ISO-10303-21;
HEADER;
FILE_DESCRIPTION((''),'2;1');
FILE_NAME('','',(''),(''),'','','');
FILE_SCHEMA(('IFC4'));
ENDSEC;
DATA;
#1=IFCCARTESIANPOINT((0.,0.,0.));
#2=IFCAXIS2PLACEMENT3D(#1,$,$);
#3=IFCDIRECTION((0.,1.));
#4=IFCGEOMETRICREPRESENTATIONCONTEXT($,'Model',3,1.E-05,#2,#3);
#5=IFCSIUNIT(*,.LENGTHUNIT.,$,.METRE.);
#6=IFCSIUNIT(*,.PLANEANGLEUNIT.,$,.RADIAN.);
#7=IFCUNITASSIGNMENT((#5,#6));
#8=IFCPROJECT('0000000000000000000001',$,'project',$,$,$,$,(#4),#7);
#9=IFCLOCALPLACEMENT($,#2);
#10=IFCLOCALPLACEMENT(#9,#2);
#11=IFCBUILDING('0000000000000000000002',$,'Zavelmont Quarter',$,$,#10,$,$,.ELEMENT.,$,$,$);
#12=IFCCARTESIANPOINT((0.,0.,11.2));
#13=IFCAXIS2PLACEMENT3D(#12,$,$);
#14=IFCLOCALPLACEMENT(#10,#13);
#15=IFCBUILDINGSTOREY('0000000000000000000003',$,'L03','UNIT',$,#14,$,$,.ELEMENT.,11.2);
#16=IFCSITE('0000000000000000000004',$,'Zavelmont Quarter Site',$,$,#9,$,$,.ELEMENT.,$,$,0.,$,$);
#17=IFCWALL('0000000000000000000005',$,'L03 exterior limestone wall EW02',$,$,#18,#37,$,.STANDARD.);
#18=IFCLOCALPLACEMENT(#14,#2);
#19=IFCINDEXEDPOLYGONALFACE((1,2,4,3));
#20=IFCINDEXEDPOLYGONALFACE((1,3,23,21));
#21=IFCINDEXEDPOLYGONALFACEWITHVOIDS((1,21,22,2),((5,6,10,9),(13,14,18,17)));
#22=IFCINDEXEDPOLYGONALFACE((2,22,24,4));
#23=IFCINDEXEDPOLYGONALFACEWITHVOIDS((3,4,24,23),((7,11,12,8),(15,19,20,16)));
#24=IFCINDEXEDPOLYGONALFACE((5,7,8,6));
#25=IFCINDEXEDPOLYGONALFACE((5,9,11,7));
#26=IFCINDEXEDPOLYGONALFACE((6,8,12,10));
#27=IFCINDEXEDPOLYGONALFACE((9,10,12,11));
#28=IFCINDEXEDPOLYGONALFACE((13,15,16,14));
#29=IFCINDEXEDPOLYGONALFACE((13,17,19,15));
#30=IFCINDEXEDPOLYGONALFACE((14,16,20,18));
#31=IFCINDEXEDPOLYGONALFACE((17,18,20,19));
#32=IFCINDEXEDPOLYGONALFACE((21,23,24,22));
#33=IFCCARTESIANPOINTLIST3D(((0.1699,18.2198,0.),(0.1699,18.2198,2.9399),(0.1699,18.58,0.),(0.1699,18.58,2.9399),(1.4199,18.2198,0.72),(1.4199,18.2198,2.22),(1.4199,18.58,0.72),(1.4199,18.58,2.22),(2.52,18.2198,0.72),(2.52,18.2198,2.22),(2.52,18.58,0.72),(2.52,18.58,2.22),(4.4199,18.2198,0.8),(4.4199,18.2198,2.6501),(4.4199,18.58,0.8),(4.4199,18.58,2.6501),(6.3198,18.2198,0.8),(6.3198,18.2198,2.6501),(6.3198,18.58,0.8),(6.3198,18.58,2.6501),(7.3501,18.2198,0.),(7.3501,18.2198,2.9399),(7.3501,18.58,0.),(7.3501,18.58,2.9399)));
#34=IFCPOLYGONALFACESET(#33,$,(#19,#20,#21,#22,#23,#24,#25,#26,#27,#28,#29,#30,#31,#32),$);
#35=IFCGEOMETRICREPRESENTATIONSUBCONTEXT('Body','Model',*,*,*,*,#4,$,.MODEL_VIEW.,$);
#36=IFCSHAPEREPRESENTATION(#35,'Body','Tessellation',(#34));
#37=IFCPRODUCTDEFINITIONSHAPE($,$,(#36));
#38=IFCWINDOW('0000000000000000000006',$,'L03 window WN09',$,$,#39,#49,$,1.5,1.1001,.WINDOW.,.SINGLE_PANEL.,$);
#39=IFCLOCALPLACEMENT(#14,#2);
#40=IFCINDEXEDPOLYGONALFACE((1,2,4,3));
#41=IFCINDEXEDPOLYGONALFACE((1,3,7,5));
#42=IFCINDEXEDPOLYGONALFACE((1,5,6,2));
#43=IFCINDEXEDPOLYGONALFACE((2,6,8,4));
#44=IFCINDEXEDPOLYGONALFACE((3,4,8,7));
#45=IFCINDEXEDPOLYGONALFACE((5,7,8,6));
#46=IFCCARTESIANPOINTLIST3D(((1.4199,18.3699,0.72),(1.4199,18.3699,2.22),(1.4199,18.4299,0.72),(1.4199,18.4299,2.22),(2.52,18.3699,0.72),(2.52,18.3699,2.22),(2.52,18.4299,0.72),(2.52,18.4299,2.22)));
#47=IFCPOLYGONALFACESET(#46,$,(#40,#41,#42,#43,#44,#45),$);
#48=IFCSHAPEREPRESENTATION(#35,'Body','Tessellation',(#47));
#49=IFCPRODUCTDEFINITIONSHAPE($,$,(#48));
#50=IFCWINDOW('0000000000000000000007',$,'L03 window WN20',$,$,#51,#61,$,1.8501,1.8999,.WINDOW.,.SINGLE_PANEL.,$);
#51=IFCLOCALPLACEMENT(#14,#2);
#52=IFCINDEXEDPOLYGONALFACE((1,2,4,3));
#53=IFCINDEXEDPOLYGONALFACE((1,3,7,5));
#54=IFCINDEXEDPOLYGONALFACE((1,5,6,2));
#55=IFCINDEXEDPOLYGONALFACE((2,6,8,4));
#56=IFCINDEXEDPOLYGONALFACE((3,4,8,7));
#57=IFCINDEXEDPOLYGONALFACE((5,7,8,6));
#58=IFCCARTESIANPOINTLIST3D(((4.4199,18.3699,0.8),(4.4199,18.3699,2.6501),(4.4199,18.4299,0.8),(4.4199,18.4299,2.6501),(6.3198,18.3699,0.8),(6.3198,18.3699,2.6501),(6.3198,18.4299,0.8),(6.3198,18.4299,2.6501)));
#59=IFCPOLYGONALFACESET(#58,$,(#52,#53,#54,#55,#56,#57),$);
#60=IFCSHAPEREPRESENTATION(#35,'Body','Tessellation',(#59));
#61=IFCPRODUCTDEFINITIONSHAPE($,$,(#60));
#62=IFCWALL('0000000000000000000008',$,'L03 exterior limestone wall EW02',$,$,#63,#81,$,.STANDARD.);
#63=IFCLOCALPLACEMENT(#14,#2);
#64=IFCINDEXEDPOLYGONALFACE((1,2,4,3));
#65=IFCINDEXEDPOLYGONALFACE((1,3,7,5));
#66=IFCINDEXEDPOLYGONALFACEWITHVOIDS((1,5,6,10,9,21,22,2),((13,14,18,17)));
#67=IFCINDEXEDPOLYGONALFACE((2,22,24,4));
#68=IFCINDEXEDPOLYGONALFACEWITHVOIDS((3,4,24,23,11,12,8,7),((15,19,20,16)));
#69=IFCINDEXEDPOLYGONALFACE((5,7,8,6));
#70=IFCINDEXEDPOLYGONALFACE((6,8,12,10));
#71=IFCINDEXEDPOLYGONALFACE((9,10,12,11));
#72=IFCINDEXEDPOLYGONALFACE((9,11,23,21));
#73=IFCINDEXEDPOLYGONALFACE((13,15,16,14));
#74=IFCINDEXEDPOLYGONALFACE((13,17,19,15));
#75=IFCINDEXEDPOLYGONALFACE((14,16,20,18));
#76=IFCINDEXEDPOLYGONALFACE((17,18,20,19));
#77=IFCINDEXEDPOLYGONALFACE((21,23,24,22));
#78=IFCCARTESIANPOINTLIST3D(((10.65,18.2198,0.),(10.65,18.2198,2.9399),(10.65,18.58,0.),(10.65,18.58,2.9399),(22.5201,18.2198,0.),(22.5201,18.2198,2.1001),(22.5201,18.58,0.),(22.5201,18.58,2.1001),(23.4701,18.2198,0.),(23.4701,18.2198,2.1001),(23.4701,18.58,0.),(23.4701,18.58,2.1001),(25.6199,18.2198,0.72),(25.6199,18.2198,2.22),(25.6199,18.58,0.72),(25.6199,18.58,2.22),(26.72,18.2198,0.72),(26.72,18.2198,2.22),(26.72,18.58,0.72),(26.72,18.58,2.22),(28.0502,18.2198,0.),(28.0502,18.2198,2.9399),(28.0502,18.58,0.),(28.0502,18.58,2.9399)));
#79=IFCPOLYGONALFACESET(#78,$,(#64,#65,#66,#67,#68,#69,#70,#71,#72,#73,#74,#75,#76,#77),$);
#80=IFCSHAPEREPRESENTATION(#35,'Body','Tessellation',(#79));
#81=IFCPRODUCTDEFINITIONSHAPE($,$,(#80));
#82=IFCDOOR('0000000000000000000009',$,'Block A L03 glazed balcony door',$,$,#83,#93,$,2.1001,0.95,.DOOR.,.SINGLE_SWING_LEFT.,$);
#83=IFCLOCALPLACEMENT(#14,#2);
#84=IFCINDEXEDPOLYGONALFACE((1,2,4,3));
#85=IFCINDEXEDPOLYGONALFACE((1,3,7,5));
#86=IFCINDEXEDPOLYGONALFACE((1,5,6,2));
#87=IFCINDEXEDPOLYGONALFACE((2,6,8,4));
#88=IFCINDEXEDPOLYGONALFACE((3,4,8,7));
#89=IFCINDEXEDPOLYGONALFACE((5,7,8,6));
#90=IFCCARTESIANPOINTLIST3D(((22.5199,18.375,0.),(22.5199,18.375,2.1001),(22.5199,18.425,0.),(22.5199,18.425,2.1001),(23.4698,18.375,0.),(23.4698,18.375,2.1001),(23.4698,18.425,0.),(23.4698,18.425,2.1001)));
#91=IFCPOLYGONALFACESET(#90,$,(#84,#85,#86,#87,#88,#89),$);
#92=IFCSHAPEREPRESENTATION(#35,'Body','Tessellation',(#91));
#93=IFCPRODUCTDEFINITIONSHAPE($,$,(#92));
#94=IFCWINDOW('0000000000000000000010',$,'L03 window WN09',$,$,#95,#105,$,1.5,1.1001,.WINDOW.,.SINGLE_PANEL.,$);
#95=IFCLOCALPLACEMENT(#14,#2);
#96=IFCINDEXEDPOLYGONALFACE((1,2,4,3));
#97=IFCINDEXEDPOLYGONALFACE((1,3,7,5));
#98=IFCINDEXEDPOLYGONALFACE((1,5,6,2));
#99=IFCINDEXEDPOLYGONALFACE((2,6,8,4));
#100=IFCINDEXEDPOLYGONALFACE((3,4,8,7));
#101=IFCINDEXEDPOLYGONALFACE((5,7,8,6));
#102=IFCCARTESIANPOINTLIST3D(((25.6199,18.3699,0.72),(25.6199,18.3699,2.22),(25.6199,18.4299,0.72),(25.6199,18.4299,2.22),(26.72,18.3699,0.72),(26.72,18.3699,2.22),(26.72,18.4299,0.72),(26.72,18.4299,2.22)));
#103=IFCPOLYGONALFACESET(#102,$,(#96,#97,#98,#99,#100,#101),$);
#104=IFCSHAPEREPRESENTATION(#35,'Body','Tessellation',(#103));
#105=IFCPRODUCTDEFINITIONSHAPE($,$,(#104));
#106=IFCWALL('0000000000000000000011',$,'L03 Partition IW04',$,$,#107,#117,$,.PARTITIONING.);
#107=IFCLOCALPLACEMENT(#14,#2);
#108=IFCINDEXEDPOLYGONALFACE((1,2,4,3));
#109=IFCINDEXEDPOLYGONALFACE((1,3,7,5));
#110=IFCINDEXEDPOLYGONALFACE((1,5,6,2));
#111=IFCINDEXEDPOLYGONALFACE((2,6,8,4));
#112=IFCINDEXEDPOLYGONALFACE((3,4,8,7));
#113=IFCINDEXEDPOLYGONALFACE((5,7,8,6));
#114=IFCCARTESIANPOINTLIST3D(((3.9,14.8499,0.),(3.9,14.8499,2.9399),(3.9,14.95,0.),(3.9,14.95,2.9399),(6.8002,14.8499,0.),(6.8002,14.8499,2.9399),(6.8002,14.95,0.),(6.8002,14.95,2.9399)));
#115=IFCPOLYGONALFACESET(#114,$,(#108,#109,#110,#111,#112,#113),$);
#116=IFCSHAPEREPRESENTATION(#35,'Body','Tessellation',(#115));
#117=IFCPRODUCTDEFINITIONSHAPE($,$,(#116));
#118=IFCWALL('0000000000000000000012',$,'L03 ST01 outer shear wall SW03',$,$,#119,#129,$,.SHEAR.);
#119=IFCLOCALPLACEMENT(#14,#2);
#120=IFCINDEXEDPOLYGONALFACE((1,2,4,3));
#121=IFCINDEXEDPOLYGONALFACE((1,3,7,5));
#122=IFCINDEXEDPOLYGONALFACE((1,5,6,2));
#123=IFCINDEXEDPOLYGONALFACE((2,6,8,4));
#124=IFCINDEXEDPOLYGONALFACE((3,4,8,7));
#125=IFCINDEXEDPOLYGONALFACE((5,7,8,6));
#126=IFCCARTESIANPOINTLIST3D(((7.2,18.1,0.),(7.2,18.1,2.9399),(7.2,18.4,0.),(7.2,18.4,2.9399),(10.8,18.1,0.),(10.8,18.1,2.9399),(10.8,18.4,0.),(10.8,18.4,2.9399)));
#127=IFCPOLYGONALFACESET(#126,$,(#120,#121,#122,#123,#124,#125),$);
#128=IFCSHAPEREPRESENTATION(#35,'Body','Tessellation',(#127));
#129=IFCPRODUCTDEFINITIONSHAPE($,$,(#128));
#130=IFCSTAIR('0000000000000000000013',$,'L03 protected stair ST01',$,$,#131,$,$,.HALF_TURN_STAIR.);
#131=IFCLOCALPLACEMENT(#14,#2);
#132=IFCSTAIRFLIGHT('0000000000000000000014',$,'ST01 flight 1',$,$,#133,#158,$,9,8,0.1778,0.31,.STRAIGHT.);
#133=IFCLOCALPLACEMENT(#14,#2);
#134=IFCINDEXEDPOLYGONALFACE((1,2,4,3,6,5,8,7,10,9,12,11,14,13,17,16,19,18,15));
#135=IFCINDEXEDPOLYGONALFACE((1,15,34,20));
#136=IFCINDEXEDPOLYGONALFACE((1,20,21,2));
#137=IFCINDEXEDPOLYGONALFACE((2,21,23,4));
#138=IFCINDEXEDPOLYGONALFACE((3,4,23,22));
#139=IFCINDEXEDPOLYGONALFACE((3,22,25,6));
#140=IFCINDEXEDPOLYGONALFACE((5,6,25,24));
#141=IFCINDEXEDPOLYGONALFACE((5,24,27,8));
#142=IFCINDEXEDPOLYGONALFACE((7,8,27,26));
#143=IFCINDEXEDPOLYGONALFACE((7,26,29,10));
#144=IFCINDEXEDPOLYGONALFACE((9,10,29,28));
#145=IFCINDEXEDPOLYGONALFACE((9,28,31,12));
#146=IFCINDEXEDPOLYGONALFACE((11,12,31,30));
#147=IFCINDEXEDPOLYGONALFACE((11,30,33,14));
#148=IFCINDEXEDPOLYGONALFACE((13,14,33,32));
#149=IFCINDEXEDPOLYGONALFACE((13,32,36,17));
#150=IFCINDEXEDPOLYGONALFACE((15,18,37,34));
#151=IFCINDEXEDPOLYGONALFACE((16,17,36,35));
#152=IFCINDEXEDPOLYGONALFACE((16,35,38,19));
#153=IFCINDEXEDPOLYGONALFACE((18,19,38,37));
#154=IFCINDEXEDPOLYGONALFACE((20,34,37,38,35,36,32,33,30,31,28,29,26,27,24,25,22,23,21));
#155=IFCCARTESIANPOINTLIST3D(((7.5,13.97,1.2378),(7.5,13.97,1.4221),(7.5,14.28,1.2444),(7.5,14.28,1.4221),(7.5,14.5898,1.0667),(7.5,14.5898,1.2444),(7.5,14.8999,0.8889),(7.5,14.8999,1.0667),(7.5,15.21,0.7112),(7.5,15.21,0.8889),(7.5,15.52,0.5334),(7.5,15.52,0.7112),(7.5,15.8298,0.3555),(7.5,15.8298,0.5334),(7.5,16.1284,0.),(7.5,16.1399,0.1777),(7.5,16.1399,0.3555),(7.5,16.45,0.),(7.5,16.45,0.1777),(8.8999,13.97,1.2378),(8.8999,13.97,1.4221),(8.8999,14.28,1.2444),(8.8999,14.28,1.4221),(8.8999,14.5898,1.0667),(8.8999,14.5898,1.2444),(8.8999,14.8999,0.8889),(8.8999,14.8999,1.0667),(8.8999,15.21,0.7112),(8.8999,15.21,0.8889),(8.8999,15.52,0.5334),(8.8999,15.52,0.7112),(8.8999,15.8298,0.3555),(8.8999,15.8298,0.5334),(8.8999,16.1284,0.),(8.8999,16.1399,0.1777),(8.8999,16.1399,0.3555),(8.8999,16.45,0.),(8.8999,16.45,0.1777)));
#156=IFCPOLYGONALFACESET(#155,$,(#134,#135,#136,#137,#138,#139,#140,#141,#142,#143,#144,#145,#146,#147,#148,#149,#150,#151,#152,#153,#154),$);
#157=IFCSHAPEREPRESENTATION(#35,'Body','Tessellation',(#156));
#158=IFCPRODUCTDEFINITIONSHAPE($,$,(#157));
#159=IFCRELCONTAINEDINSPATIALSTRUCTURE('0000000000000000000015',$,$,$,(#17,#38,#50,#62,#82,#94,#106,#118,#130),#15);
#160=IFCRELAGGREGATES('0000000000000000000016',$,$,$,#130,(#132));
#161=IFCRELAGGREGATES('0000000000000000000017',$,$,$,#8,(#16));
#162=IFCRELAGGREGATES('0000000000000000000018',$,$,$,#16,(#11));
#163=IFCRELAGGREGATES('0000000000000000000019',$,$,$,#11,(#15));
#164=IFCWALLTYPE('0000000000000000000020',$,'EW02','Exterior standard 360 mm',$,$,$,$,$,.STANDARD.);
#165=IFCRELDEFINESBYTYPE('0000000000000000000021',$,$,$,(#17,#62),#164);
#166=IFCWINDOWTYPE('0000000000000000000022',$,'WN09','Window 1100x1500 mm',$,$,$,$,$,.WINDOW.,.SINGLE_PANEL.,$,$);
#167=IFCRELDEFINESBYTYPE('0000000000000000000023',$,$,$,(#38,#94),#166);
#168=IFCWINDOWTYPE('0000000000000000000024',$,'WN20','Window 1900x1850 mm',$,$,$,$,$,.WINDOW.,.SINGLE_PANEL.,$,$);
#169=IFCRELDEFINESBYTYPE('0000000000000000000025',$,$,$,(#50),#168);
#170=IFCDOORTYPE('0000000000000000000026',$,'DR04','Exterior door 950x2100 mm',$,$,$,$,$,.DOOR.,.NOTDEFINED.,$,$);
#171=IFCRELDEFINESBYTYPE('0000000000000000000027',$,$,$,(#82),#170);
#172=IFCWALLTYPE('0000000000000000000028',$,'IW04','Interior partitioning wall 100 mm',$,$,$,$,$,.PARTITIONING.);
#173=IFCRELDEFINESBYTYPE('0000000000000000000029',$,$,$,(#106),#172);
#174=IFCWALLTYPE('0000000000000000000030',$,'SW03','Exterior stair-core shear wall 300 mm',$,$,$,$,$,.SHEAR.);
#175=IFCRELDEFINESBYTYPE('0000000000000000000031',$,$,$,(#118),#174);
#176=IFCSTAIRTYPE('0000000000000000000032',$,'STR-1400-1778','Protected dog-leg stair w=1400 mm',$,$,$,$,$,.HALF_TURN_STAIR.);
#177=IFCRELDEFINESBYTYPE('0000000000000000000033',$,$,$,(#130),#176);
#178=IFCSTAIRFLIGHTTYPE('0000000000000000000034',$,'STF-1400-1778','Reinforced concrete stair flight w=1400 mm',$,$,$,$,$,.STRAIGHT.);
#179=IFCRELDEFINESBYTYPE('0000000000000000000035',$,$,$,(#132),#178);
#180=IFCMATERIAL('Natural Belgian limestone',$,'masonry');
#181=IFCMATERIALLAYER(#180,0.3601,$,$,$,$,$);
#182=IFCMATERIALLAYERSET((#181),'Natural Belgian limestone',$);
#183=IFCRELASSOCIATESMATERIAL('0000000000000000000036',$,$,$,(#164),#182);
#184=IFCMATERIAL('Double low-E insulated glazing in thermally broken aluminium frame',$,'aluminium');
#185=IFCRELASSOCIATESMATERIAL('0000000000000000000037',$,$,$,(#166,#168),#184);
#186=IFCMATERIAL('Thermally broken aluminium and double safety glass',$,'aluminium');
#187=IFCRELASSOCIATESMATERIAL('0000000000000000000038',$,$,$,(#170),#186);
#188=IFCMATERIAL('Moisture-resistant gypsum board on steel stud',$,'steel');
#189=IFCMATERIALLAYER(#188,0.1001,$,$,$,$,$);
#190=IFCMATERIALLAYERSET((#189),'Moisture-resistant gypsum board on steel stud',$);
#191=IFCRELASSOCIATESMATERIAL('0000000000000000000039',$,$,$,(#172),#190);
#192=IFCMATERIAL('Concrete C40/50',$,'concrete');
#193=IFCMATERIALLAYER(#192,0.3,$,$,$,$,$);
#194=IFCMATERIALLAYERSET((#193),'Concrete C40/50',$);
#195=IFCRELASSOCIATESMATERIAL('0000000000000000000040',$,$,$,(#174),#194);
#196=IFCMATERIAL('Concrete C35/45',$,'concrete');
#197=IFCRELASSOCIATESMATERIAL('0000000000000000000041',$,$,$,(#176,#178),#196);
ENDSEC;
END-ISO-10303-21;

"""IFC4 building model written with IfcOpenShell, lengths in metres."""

from ifc_helpers import new_model, si_unit, direction, frame, frame_2d, origin, origin_with_axes, place, context, subcontext, project, spatial, polyline, rectangle, outline, extrude, material, layer, layer_set, type_object, element, fill, aggregate, save


model = new_model("IFC4")

# Units and contexts
model_context = context("Model", 3, precision=1e-05, world=origin(), true_north=direction((0.0, 1.0)))
body_context = subcontext(model_context, "Body", "Model", "MODEL_VIEW")
ifc_project = project(units=[si_unit("LENGTHUNIT", "METRE"), si_unit("PLANEANGLEUNIT", "RADIAN")], contexts=[model_context])

# Site, building, storey
site_placement = place(None, origin())
site = spatial("IfcSite", under=ifc_project, at=site_placement, Name="Zavelmont Quarter Site", CompositionType="ELEMENT", RefElevation=0.0)
building_placement = place(site_placement, origin())
building = spatial("IfcBuilding", under=site, at=building_placement, Name="Zavelmont Quarter", CompositionType="ELEMENT")
storey_placement = place(building_placement, frame((0.0, 0.0, 11.2)))
storey = spatial("IfcBuildingStorey", under=building, at=storey_placement, Name="L03", Description="UNIT", CompositionType="ELEMENT", Elevation=11.2)

# Shared definitions
ifc_material_1 = material(Name="Concrete C40/50", Category="concrete")

# Shared definitions
ifc_material_2 = material(Name="Concrete C35/45", Category="concrete")

# Wall, openings, windows
ifc_material_3 = material(Name="Natural Belgian limestone", Category="masonry")
ifc_layer_1 = layer(ifc_material_3, 0.3601)
ifc_layer_set_1 = layer_set([ifc_layer_1], Name="Natural Belgian limestone")
wall_type_1 = type_object("IfcWallType", Name="EW02", Description="Exterior standard 360 mm", PredefinedType="STANDARD", material=ifc_layer_set_1)
wall_1_placement = place(storey_placement, frame((0.1699, 18.3999, 0.0), z_axis=(0.0, 0.0, 1.0), x_axis=(1.0, 0.0, 0.0)))
wall_1 = element("IfcWall", 1, at=wall_1_placement, inside=storey, type_object=wall_type_1, Name="L03 exterior limestone wall EW02", PredefinedType="STANDARD", context=body_context, shape_type="SweptSolid", body=[
    extrude(rectangle(XDim=7.1802, YDim=0.3601, at=frame_2d((3.5901, 0.0))), origin(), (0.0, 0.0, 1.0), 2.9399),
])
opening_1_placement = place(wall_1_placement, frame((1.25, 0.0, 0.72)))
opening_1 = element("IfcOpeningElement", 2, at=opening_1_placement, cuts=wall_1, PredefinedType="OPENING", context=body_context, shape_type="SweptSolid", body=[
    extrude(rectangle(XDim=1.1001, YDim=1.5, at=frame_2d((0.55, 0.75))), frame((0.0, 0.1919, 0.0), z_axis=(0.0, -1.0, 0.0), x_axis=(1.0, 0.0, 0.0)), (0.0, 0.0, 1.0), 0.384),
])
opening_2_placement = place(wall_1_placement, frame((4.25, 0.0, 0.8)))
opening_2 = element("IfcOpeningElement", 3, at=opening_2_placement, cuts=wall_1, PredefinedType="OPENING", context=body_context, shape_type="SweptSolid", body=[
    extrude(rectangle(XDim=1.8999, YDim=1.8501, at=frame_2d((0.95, 0.925))), frame((0.0, 0.1919, 0.0), z_axis=(0.0, -1.0, 0.0), x_axis=(1.0, 0.0, 0.0)), (0.0, 0.0, 1.0), 0.384),
])
ifc_material_4 = material(Name="Double low-E insulated glazing in thermally broken aluminium frame", Category="aluminium")
window_type_1 = type_object("IfcWindowType", Name="WN09", Description="Window 1100x1500 mm", PartitioningType="SINGLE_PANEL", PredefinedType="WINDOW", material=ifc_material_4)
window_1_placement = place(opening_1_placement, origin_with_axes())
window_1 = element("IfcWindow", 4, at=window_1_placement, inside=storey, type_object=window_type_1, Name="L03 window WN09", OverallHeight=1.5, OverallWidth=1.1001, PartitioningType="SINGLE_PANEL", PredefinedType="WINDOW", context=body_context, shape_type="SweptSolid", body=[
    extrude(rectangle(XDim=1.1001, YDim=1.5, at=frame_2d((0.55, 0.75))), frame((0.0, 0.03, 0.0), z_axis=(0.0, -1.0, 0.0), x_axis=(1.0, 0.0, 0.0)), (0.0, 0.0, 1.0), 0.0601),
])
fill(opening_1, window_1)
window_type_2 = type_object("IfcWindowType", Name="WN20", Description="Window 1900x1850 mm", PartitioningType="SINGLE_PANEL", PredefinedType="WINDOW", material=ifc_material_4)
window_2_placement = place(opening_2_placement, origin_with_axes())
window_2 = element("IfcWindow", 5, at=window_2_placement, inside=storey, type_object=window_type_2, Name="L03 window WN20", OverallHeight=1.8501, OverallWidth=1.8999, PartitioningType="SINGLE_PANEL", PredefinedType="WINDOW", context=body_context, shape_type="SweptSolid", body=[
    extrude(rectangle(XDim=1.8999, YDim=1.8501, at=frame_2d((0.95, 0.925))), frame((0.0, 0.03, 0.0), z_axis=(0.0, -1.0, 0.0), x_axis=(1.0, 0.0, 0.0)), (0.0, 0.0, 1.0), 0.0601),
])
fill(opening_2, window_2)

# Wall, openings, door, window
wall_2_placement = place(storey_placement, frame((10.6499, 18.3999, 0.0), z_axis=(0.0, 0.0, 1.0), x_axis=(1.0, 0.0, 0.0)))
wall_2 = element("IfcWall", 6, at=wall_2_placement, inside=storey, type_object=wall_type_1, Name="L03 exterior limestone wall EW02", PredefinedType="STANDARD", context=body_context, shape_type="SweptSolid", body=[
    extrude(rectangle(XDim=17.4001, YDim=0.3601, at=frame_2d((8.7002, 0.0))), origin(), (0.0, 0.0, 1.0), 2.9399),
])
opening_3_placement = place(wall_2_placement, frame((11.8701, 0.0, 0.0)))
opening_3 = element("IfcOpeningElement", 7, at=opening_3_placement, cuts=wall_2, PredefinedType="OPENING", context=body_context, shape_type="SweptSolid", body=[
    extrude(rectangle(XDim=0.95, YDim=2.1001, at=frame_2d((0.4751, 1.05))), frame((0.0, 0.1919, 0.0), z_axis=(0.0, -1.0, 0.0), x_axis=(1.0, 0.0, 0.0)), (0.0, 0.0, 1.0), 0.384),
])
opening_4_placement = place(wall_2_placement, frame((14.97, 0.0, 0.72)))
opening_4 = element("IfcOpeningElement", 8, at=opening_4_placement, cuts=wall_2, PredefinedType="OPENING", context=body_context, shape_type="SweptSolid", body=[
    extrude(rectangle(XDim=1.1001, YDim=1.5, at=frame_2d((0.55, 0.75))), frame((0.0, 0.1919, 0.0), z_axis=(0.0, -1.0, 0.0), x_axis=(1.0, 0.0, 0.0)), (0.0, 0.0, 1.0), 0.384),
])
ifc_material_5 = material(Name="Thermally broken aluminium and double safety glass", Category="aluminium")
door_type = type_object("IfcDoorType", Name="DR04", Description="Exterior door 950x2100 mm", OperationType="NOTDEFINED", PredefinedType="DOOR", material=ifc_material_5)
door_placement = place(opening_3_placement, frame((0.95, 0.0, 0.0), z_axis=(0.0, 0.0, 1.0), x_axis=(-1.0, 0.0, 0.0)))
door = element("IfcDoor", 9, at=door_placement, inside=storey, type_object=door_type, Name="Block A L03 glazed balcony door", OperationType="SINGLE_SWING_LEFT", OverallHeight=2.1001, OverallWidth=0.95, PredefinedType="DOOR", context=body_context, shape_type="SweptSolid", body=[
    extrude(rectangle(XDim=0.95, YDim=2.1001, at=frame_2d((0.4751, 1.05))), frame((0.0, 0.0249, 0.0), z_axis=(0.0, -1.0, 0.0), x_axis=(1.0, 0.0, 0.0)), (0.0, 0.0, 1.0), 0.05),
])
fill(opening_3, door)
window_3_placement = place(opening_4_placement, origin_with_axes())
window_3 = element("IfcWindow", 10, at=window_3_placement, inside=storey, type_object=window_type_1, Name="L03 window WN09", OverallHeight=1.5, OverallWidth=1.1001, PartitioningType="SINGLE_PANEL", PredefinedType="WINDOW", context=body_context, shape_type="SweptSolid", body=[
    extrude(rectangle(XDim=1.1001, YDim=1.5, at=frame_2d((0.55, 0.75))), frame((0.0, 0.03, 0.0), z_axis=(0.0, -1.0, 0.0), x_axis=(1.0, 0.0, 0.0)), (0.0, 0.0, 1.0), 0.0601),
])
fill(opening_4, window_3)

# Walls
ifc_material_6 = material(Name="Moisture-resistant gypsum board on steel stud", Category="steel")
ifc_layer_2 = layer(ifc_material_6, 0.1001)
ifc_layer_set_2 = layer_set([ifc_layer_2], Name="Moisture-resistant gypsum board on steel stud")
wall_type_2 = type_object("IfcWallType", Name="IW04", Description="Interior partitioning wall 100 mm", PredefinedType="PARTITIONING", material=ifc_layer_set_2)
wall_3_placement = place(storey_placement, frame((3.8999, 14.8999, 0.0), z_axis=(0.0, 0.0, 1.0), x_axis=(1.0, 0.0, 0.0)))
element("IfcWall", 11, at=wall_3_placement, inside=storey, type_object=wall_type_2, Name="L03 Partition IW04", PredefinedType="PARTITIONING", context=body_context, shape_type="SweptSolid", body=[
    extrude(rectangle(XDim=2.9001, YDim=0.1001, at=frame_2d((1.4502, 0.0))), origin(), (0.0, 0.0, 1.0), 2.9399),
])
ifc_layer_3 = layer(ifc_material_1, 0.3)
ifc_layer_set_3 = layer_set([ifc_layer_3], Name="Concrete C40/50")
wall_type_3 = type_object("IfcWallType", Name="SW03", Description="Exterior stair-core shear wall 300 mm", PredefinedType="SHEAR", material=ifc_layer_set_3)
wall_4_placement = place(storey_placement, frame((7.2, 18.25, 0.0), z_axis=(0.0, 0.0, 1.0), x_axis=(1.0, 0.0, 0.0)))
element("IfcWall", 12, at=wall_4_placement, inside=storey, type_object=wall_type_3, Name="L03 ST01 outer shear wall SW03", PredefinedType="SHEAR", context=body_context, shape_type="SweptSolid", body=[
    extrude(rectangle(XDim=3.6001, YDim=0.3, at=frame_2d((1.8, 0.0))), origin(), (0.0, 0.0, 1.0), 2.9399),
])

# Stair, stair flight
stair_type = type_object("IfcStairType", Name="STR-1400-1778", Description="Protected dog-leg stair w=1400 mm", PredefinedType="HALF_TURN_STAIR", material=ifc_material_2)
stair_placement = place(storey_placement, origin())
stair = element("IfcStair", 13, at=stair_placement, inside=storey, type_object=stair_type, Name="L03 protected stair ST01", PredefinedType="HALF_TURN_STAIR")
stair_flight_type = type_object("IfcStairFlightType", Name="STF-1400-1778", Description="Reinforced concrete stair flight w=1400 mm", PredefinedType="STRAIGHT", material=ifc_material_2)
stair_flight_placement = place(storey_placement, frame((8.2, 16.45, 0.0), z_axis=(0.0, 0.0, 1.0), x_axis=(0.0, -1.0, 0.0)))
stair_flight = element("IfcStairFlight", 14, at=stair_flight_placement, type_object=stair_flight_type, Name="ST01 flight 1", NumberOfRisers=9, NumberOfTreads=8, PredefinedType="STRAIGHT", RiserHeight=0.1778, TreadLength=0.31, context=body_context, shape_type="SweptSolid", body=[
    extrude(outline(polyline([(0.0, 0.0), (0.0, 0.1777), (0.3101, 0.1777), (0.3101, 0.3555), (0.6201, 0.3555), (0.6201, 0.5334), (0.9299, 0.5334), (0.9299, 0.7112), (1.24, 0.7112), (1.24, 0.8889), (1.55, 0.8889), (1.55, 1.0667), (1.8601, 1.0667), (1.8601, 1.2444), (2.1699, 1.2444), (2.1699, 1.4221), (2.48, 1.4221), (2.48, 1.6001), (2.48, 1.2378), (0.3215, 0.0), (0.0, 0.0)])), frame((0.0, 0.7, 0.0), z_axis=(0.0, -1.0, 0.0), x_axis=(1.0, 0.0, 0.0)), (0.0, 0.0, 1.0), 1.3999),
])
aggregate(stair, [stair_flight])

save(model, "model.ifc")
